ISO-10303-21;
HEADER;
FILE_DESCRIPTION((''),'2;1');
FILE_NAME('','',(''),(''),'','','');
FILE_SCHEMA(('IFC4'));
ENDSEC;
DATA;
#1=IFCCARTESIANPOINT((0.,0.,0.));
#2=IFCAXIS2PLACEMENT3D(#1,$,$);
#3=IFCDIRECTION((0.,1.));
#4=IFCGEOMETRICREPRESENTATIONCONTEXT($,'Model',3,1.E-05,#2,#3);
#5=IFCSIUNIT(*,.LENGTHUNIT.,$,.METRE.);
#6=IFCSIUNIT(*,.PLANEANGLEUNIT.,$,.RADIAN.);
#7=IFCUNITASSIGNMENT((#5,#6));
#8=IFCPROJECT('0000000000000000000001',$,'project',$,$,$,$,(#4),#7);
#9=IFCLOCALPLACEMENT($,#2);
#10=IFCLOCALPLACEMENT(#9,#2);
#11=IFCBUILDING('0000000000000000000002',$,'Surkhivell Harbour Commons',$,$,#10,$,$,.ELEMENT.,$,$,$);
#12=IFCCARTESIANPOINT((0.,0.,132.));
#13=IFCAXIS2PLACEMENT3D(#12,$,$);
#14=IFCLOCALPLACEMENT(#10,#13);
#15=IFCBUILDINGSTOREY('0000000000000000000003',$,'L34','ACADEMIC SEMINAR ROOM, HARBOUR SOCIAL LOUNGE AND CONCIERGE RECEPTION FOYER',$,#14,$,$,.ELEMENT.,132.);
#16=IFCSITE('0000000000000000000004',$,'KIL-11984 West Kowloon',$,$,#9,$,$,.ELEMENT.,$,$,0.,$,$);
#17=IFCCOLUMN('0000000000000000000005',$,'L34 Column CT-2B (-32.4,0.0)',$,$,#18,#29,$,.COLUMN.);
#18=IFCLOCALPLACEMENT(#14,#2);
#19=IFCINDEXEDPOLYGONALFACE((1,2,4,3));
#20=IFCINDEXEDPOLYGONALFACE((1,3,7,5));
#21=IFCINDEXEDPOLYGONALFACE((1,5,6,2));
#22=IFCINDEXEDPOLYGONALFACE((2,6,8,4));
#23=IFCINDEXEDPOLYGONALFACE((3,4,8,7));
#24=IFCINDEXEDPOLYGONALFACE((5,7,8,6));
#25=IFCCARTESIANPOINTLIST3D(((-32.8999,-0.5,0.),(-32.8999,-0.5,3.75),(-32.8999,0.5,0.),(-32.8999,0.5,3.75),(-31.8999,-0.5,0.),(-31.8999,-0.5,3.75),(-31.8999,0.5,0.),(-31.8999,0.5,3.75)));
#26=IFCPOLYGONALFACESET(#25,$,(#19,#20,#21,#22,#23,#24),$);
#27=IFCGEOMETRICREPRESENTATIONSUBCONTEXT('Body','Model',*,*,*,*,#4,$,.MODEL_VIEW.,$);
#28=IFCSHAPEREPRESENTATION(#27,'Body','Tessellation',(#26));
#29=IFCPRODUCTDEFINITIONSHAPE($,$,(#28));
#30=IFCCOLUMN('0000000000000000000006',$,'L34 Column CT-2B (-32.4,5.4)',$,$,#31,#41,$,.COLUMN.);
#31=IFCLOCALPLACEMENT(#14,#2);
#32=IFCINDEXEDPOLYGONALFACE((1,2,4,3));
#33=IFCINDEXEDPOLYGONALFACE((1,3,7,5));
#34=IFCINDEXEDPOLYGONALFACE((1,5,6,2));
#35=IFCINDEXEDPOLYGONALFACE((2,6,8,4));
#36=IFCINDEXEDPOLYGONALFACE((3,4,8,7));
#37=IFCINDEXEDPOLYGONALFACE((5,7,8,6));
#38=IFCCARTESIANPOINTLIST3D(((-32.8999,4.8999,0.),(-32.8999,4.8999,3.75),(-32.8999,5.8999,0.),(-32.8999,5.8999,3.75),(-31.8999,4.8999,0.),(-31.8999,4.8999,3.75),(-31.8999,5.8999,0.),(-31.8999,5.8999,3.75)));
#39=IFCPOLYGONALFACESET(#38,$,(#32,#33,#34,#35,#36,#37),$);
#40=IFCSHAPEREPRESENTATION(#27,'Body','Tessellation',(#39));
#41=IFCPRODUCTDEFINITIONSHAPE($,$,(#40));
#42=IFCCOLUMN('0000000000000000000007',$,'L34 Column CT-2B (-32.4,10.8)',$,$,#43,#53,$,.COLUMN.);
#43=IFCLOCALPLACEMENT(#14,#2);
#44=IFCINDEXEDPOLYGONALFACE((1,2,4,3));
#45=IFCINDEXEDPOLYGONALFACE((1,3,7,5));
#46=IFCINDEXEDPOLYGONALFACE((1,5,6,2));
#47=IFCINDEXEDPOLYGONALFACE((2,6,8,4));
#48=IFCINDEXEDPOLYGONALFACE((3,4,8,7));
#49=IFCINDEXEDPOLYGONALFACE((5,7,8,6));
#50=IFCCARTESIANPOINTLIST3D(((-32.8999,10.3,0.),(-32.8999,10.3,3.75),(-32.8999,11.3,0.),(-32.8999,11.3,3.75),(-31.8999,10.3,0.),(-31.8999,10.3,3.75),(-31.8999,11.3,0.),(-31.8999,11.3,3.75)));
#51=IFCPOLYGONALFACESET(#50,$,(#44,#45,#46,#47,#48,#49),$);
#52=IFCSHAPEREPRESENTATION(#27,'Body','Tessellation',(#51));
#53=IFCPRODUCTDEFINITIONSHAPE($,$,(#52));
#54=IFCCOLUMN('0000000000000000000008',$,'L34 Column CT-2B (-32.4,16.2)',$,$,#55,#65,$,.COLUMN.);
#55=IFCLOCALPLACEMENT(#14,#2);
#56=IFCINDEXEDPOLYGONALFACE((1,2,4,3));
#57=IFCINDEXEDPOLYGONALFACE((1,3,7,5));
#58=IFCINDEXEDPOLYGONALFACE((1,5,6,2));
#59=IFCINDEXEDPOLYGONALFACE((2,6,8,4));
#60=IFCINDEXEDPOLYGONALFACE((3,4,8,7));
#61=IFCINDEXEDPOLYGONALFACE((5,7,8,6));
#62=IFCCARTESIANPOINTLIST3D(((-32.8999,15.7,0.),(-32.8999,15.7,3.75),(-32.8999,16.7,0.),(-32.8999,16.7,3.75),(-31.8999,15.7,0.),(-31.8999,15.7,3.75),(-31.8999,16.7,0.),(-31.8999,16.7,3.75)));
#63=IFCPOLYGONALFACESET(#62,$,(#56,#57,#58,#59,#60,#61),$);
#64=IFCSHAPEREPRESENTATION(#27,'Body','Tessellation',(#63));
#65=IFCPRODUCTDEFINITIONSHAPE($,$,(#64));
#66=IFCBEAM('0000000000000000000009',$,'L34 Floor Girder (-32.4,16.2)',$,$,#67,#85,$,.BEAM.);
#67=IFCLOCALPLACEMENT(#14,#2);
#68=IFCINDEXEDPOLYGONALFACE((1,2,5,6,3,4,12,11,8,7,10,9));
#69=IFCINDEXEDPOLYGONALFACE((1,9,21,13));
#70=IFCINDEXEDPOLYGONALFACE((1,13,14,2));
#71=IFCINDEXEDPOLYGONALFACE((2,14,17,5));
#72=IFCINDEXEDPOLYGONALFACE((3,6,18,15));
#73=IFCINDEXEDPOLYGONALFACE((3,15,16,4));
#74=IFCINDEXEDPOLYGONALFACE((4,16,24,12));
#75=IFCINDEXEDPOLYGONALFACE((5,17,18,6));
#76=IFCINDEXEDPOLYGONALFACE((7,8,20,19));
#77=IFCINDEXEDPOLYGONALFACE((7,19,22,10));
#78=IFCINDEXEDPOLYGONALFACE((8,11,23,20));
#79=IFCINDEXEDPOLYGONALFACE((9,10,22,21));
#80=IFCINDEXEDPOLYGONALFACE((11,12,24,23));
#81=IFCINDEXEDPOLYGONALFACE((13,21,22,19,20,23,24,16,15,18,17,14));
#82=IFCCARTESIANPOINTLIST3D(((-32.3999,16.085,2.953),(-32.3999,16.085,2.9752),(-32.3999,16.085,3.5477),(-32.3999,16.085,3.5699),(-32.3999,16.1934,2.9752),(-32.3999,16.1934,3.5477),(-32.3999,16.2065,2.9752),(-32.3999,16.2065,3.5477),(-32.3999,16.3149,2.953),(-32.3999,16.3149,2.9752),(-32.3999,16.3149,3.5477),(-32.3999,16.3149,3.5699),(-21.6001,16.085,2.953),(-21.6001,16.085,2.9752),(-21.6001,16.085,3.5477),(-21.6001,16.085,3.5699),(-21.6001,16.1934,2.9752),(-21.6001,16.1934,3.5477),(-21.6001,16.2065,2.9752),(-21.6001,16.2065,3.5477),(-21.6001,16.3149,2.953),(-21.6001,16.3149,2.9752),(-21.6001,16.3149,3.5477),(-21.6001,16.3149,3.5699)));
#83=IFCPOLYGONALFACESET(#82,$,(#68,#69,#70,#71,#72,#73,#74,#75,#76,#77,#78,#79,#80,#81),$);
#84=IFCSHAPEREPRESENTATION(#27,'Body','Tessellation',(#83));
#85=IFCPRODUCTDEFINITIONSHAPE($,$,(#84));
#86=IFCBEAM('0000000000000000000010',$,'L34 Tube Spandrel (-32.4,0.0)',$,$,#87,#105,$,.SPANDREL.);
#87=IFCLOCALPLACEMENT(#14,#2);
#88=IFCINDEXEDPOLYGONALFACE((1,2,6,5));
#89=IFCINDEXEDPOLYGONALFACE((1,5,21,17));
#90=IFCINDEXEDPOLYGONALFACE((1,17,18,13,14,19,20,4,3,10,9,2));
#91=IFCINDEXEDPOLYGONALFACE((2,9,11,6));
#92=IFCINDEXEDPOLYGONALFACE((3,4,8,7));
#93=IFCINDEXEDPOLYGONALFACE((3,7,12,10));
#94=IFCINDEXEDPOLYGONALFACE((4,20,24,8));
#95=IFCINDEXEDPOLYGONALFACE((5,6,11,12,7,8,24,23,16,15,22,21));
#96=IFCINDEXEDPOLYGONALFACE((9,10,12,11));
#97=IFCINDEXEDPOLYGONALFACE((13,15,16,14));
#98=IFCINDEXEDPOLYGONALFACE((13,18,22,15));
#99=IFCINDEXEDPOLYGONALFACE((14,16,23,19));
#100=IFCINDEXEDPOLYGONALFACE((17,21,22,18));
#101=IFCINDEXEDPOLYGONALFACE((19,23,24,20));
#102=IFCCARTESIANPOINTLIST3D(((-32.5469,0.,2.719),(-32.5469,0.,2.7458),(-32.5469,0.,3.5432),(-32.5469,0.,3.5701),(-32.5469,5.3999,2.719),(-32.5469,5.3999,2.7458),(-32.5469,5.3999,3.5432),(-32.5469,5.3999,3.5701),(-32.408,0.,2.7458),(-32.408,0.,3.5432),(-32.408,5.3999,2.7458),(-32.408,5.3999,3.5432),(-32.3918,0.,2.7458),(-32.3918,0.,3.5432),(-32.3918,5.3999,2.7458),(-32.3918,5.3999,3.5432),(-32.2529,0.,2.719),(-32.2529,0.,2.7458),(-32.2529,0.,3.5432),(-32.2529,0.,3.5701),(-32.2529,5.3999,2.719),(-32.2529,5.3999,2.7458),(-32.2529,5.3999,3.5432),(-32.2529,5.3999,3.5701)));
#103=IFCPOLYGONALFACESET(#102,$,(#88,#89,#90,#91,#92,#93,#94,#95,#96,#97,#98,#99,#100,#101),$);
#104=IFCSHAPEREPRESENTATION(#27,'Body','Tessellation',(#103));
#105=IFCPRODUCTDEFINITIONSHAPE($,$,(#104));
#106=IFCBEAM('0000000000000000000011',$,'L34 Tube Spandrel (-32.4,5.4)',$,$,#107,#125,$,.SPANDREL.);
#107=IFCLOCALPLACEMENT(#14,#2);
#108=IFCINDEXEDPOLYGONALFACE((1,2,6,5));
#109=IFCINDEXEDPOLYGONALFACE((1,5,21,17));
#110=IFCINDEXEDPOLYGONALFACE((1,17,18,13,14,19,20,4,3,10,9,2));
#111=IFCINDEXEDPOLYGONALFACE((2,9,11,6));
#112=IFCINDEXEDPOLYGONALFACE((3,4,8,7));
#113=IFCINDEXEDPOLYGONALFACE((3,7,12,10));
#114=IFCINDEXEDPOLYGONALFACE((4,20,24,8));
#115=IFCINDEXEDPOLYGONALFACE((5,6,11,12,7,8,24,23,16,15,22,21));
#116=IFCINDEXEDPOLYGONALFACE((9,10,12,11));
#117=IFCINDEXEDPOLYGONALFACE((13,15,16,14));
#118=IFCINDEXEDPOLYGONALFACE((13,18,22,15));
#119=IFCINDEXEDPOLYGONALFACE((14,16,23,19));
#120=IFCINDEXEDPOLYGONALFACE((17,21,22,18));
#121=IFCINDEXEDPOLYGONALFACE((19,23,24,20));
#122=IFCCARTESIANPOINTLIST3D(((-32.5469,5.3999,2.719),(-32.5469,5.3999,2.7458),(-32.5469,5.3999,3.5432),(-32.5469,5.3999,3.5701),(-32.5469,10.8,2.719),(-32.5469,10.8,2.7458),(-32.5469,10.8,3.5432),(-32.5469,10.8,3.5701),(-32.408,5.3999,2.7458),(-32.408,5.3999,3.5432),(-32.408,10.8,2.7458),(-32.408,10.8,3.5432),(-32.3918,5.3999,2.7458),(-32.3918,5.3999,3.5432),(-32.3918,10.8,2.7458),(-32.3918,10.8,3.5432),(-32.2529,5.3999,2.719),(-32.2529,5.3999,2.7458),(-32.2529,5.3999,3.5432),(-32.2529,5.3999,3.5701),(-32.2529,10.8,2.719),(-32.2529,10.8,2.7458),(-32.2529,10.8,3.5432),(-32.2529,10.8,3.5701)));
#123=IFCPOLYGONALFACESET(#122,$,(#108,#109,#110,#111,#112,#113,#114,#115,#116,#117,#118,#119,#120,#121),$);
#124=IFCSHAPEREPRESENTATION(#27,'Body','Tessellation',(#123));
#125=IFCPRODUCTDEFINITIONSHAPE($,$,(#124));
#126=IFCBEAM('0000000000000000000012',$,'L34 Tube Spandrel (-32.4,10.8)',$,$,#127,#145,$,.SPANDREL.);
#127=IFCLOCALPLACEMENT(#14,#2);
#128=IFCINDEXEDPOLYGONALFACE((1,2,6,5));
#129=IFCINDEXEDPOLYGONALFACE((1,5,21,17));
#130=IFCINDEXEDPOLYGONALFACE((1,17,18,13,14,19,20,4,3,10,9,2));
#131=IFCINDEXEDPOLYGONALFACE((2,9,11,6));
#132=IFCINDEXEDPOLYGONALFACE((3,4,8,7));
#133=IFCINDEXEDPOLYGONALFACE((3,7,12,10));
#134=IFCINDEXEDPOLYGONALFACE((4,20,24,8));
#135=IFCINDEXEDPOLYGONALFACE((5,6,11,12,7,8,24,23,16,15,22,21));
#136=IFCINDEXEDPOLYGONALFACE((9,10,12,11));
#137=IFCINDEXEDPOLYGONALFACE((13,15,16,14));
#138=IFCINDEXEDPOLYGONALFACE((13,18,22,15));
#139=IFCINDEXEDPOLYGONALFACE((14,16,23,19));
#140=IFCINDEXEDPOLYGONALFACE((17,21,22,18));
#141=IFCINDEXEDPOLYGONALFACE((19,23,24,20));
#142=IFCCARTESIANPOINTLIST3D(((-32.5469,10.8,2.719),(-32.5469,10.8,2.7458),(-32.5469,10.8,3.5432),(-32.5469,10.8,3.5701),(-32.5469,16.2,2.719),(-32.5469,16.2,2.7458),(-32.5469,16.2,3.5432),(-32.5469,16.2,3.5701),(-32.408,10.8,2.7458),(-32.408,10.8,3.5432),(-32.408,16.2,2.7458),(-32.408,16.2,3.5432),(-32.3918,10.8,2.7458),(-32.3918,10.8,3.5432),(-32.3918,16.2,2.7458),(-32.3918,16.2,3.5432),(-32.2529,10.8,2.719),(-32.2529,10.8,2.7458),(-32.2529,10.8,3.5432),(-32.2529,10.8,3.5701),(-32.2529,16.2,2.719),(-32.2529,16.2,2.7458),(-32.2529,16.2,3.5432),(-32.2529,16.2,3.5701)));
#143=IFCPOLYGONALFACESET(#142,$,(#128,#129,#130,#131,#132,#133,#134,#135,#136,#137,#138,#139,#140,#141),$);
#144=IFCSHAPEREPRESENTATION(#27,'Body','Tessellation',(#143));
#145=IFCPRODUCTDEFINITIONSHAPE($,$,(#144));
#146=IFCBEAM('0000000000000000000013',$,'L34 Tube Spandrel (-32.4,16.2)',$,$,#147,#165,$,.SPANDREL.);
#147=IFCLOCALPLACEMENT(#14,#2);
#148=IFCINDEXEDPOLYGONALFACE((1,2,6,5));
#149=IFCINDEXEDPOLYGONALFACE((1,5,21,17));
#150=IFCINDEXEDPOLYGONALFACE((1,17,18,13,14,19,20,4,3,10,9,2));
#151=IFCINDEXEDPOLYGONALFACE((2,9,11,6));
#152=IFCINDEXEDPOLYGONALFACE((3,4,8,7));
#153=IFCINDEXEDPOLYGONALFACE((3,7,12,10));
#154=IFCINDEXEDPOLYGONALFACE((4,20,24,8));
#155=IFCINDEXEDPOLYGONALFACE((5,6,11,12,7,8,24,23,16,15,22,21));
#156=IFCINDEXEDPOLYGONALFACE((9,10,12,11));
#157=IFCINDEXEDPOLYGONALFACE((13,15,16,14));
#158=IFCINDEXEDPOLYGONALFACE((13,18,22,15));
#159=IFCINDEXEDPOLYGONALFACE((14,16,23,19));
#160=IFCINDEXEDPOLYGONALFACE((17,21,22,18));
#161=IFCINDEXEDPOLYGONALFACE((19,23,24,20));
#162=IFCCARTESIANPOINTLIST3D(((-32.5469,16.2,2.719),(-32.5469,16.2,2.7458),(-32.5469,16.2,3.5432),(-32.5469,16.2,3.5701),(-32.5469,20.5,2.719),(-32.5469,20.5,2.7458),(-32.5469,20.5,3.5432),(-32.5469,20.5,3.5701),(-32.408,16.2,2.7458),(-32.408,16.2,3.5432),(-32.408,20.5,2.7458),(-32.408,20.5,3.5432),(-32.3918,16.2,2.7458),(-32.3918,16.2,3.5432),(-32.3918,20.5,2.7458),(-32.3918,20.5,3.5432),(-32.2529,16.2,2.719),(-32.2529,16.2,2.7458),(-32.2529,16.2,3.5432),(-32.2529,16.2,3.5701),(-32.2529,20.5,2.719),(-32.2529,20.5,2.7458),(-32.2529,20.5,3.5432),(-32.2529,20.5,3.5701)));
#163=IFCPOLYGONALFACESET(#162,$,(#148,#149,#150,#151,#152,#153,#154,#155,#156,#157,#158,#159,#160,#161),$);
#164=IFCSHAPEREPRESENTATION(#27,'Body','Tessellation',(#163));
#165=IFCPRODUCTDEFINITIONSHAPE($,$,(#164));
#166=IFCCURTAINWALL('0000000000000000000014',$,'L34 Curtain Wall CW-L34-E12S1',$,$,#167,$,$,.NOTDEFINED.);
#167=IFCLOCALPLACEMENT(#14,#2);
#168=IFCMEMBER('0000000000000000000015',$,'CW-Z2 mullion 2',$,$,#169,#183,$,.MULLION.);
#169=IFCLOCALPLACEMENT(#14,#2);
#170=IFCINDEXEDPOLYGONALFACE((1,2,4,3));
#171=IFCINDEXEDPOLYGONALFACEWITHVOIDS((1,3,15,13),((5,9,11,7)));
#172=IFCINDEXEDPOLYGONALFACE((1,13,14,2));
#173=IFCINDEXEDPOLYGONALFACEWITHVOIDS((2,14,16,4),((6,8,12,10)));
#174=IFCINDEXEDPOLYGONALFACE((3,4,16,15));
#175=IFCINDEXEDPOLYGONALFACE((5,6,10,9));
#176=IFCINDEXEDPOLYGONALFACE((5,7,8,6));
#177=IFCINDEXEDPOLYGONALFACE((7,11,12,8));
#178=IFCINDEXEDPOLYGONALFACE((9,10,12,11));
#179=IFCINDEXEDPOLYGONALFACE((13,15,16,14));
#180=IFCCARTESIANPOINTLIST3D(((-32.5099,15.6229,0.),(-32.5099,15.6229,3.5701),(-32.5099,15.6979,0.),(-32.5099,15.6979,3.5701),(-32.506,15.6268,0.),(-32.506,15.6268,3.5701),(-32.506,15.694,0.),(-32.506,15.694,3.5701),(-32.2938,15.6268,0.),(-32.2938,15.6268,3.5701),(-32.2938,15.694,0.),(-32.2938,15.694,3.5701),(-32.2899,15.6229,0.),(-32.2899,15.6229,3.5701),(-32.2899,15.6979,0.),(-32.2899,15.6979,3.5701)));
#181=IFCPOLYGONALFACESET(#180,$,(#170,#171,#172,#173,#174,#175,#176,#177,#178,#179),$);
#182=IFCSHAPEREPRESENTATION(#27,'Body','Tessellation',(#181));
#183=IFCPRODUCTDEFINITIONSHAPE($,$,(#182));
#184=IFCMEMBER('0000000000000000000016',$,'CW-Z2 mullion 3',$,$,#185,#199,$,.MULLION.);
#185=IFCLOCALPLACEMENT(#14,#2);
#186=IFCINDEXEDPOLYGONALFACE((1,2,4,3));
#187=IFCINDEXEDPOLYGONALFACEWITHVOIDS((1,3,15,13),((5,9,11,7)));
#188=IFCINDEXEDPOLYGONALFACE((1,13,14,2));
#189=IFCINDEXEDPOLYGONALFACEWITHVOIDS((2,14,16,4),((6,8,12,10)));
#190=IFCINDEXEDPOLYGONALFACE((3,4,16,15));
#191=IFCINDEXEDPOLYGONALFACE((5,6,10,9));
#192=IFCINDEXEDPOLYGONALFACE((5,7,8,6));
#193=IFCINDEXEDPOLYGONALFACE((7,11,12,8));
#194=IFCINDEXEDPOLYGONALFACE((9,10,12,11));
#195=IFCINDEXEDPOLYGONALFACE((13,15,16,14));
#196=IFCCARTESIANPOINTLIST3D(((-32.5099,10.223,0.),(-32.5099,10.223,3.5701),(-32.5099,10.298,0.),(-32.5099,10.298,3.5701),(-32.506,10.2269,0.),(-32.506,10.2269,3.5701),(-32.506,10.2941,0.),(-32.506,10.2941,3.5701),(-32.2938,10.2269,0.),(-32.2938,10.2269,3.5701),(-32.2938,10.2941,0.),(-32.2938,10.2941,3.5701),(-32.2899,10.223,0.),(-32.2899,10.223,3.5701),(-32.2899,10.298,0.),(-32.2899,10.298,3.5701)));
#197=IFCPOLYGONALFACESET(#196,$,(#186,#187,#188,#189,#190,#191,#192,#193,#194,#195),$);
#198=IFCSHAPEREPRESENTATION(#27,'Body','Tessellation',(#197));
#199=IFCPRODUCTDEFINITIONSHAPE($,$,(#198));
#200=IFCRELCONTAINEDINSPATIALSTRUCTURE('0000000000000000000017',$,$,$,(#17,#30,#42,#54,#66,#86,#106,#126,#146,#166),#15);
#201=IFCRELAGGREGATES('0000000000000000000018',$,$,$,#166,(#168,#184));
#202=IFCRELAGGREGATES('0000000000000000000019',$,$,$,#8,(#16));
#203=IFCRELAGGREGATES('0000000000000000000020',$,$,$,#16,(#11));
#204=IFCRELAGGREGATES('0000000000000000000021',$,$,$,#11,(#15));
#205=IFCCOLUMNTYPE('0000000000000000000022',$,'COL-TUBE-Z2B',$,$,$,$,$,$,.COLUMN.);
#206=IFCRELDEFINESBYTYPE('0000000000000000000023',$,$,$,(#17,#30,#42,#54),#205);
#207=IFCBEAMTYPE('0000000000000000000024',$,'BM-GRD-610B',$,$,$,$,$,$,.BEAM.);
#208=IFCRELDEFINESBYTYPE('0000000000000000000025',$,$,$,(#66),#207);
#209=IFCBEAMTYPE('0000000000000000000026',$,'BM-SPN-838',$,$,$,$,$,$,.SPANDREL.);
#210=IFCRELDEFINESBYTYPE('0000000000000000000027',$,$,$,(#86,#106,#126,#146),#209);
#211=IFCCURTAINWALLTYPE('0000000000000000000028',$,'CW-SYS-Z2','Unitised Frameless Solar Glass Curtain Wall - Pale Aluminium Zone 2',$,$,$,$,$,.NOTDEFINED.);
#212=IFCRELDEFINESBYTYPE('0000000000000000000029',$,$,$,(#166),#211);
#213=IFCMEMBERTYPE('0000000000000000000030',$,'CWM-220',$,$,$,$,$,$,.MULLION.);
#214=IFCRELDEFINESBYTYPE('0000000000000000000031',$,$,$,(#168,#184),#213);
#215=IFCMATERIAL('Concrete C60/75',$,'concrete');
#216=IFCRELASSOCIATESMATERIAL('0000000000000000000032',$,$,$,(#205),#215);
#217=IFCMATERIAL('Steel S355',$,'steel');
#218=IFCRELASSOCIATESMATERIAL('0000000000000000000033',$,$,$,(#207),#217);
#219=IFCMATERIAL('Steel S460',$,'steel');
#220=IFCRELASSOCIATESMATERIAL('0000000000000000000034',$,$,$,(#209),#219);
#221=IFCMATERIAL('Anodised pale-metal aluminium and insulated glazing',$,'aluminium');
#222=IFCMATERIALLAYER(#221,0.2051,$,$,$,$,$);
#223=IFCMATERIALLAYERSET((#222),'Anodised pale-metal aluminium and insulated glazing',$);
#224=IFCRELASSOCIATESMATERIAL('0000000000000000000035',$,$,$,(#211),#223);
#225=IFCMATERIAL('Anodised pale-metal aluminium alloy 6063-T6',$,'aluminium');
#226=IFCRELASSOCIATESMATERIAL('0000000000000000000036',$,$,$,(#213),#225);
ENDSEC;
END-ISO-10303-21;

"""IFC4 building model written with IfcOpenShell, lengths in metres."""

from ifc_helpers import new_model, si_unit, direction, frame, origin, origin_2d, place, context, subcontext, project, spatial, rectangle, hollow_rectangle, i_section, extrude, material, layer, layer_set, material_profile, profile_set, type_object, element, aggregate, save


model = new_model("IFC4")

# Units and contexts
model_context = context("Model", 3, precision=1e-05, world=origin(), true_north=direction((0.0, 1.0)))
body_context = subcontext(model_context, "Body", "Model", "MODEL_VIEW")
ifc_project = project(units=[si_unit("LENGTHUNIT", "METRE"), si_unit("PLANEANGLEUNIT", "RADIAN")], contexts=[model_context])

# Site, building, storey
site_placement = place(None, origin())
site = spatial("IfcSite", under=ifc_project, at=site_placement, Name="KIL-11984 West Kowloon", CompositionType="ELEMENT", RefElevation=0.0)
building_placement = place(site_placement, origin())
building = spatial("IfcBuilding", under=site, at=building_placement, Name="Surkhivell Harbour Commons", CompositionType="ELEMENT")
storey_placement = place(building_placement, frame((0.0, 0.0, 132.0)))
storey = spatial("IfcBuildingStorey", under=building, at=storey_placement, Name="L34", Description="ACADEMIC SEMINAR ROOM, HARBOUR SOCIAL LOUNGE AND CONCIERGE RECEPTION FOYER", CompositionType="ELEMENT", Elevation=132.0)

# Columns
ifc_material_1 = material(Name="Concrete C60/75", Category="concrete")
ifc_material_profile_1 = material_profile(ifc_material_1, rectangle(XDim=1.0, YDim=1.0, at=origin_2d()), Name="RC-COL-1000x1000")
ifc_profile_set_1 = profile_set([ifc_material_profile_1], Name="Concrete C60/75")
column_type = type_object("IfcColumnType", Name="COL-TUBE-Z2B", PredefinedType="COLUMN", material=ifc_profile_set_1)
for number, where, z_axis, x_axis, name in (
    (1, (-32.3999, 0.0, 0.0), (0.0, 0.0, 1.0), (1.0, 0.0, 0.0), "L34 Column CT-2B (-32.4,0.0)"),
    (2, (-32.3999, 5.3999, 0.0), (0.0, 0.0, 1.0), (1.0, 0.0, 0.0), "L34 Column CT-2B (-32.4,5.4)"),
    (3, (-32.3999, 10.8, 0.0), (0.0, 0.0, 1.0), (1.0, 0.0, 0.0), "L34 Column CT-2B (-32.4,10.8)"),
    (4, (-32.3999, 16.2, 0.0), (0.0, 0.0, 1.0), (1.0, 0.0, 0.0), "L34 Column CT-2B (-32.4,16.2)"),
):
    element("IfcColumn", number, at=place(storey_placement, frame(where, z_axis=z_axis, x_axis=x_axis)), inside=storey, type_object=column_type, Name=name, PredefinedType="COLUMN", context=body_context, shape_type="SweptSolid", body=[
        extrude(rectangle(XDim=1.0, YDim=1.0, at=origin_2d()), origin(), (0.0, 0.0, 1.0), 3.75),
    ])

# Beams
ifc_material_2 = material(Name="Steel S355", Category="steel")
ifc_material_profile_2 = material_profile(ifc_material_2, i_section(OverallWidth=0.23, OverallDepth=0.6169, WebThickness=0.0132, FlangeThickness=0.0222, at=origin_2d()), Name="UB610x229x140")
ifc_profile_set_2 = profile_set([ifc_material_profile_2], Name="Steel S355")
beam_type_1 = type_object("IfcBeamType", Name="BM-GRD-610B", PredefinedType="BEAM", material=ifc_profile_set_2)
beam_1_placement = place(storey_placement, frame((-32.3999, 16.2, 3.2615), z_axis=(1.0, 0.0, 0.0), x_axis=(0.0, 1.0, 0.0)))
element("IfcBeam", 5, at=beam_1_placement, inside=storey, type_object=beam_type_1, Name="L34 Floor Girder (-32.4,16.2)", PredefinedType="BEAM", context=body_context, shape_type="SweptSolid", body=[
    extrude(i_section(OverallWidth=0.23, OverallDepth=0.6169, WebThickness=0.0132, FlangeThickness=0.0222, at=origin_2d()), origin(), (0.0, 0.0, 1.0), 10.7998),
])
ifc_material_3 = material(Name="Steel S460", Category="steel")
ifc_material_profile_3 = material_profile(ifc_material_3, i_section(OverallWidth=0.2939, OverallDepth=0.8511, WebThickness=0.0161, FlangeThickness=0.0269, at=origin_2d()), Name="UB838x292x226")
ifc_profile_set_3 = profile_set([ifc_material_profile_3], Name="Steel S460")
beam_type_2 = type_object("IfcBeamType", Name="BM-SPN-838", PredefinedType="SPANDREL", material=ifc_profile_set_3)
beam_2_placement = place(storey_placement, frame((-32.3999, 0.0, 3.1445), z_axis=(0.0, 1.0, 0.0), x_axis=(-1.0, 0.0, 0.0)))
element("IfcBeam", 6, at=beam_2_placement, inside=storey, type_object=beam_type_2, Name="L34 Tube Spandrel (-32.4,0.0)", PredefinedType="SPANDREL", context=body_context, shape_type="SweptSolid", body=[
    extrude(i_section(OverallWidth=0.2939, OverallDepth=0.8511, WebThickness=0.0161, FlangeThickness=0.0269, at=origin_2d()), origin(), (0.0, 0.0, 1.0), 5.3999),
])
beam_3_placement = place(storey_placement, frame((-32.3999, 5.3999, 3.1445), z_axis=(0.0, 1.0, 0.0), x_axis=(-1.0, 0.0, 0.0)))
element("IfcBeam", 7, at=beam_3_placement, inside=storey, type_object=beam_type_2, Name="L34 Tube Spandrel (-32.4,5.4)", PredefinedType="SPANDREL", context=body_context, shape_type="SweptSolid", body=[
    extrude(i_section(OverallWidth=0.2939, OverallDepth=0.8511, WebThickness=0.0161, FlangeThickness=0.0269, at=origin_2d()), origin(), (0.0, 0.0, 1.0), 5.4001),
])
beam_4_placement = place(storey_placement, frame((-32.3999, 10.8, 3.1445), z_axis=(0.0, 1.0, 0.0), x_axis=(-1.0, 0.0, 0.0)))
element("IfcBeam", 8, at=beam_4_placement, inside=storey, type_object=beam_type_2, Name="L34 Tube Spandrel (-32.4,10.8)", PredefinedType="SPANDREL", context=body_context, shape_type="SweptSolid", body=[
    extrude(i_section(OverallWidth=0.2939, OverallDepth=0.8511, WebThickness=0.0161, FlangeThickness=0.0269, at=origin_2d()), origin(), (0.0, 0.0, 1.0), 5.3999),
])
beam_5_placement = place(storey_placement, frame((-32.3999, 16.2, 3.1445), z_axis=(0.0, 1.0, 0.0), x_axis=(-1.0, 0.0, 0.0)))
element("IfcBeam", 9, at=beam_5_placement, inside=storey, type_object=beam_type_2, Name="L34 Tube Spandrel (-32.4,16.2)", PredefinedType="SPANDREL", context=body_context, shape_type="SweptSolid", body=[
    extrude(i_section(OverallWidth=0.2939, OverallDepth=0.8511, WebThickness=0.0161, FlangeThickness=0.0269, at=origin_2d()), origin(), (0.0, 0.0, 1.0), 4.3),
])

# Curtain wall, members
ifc_material_4 = material(Name="Anodised pale-metal aluminium and insulated glazing", Category="aluminium")
ifc_layer_1 = layer(ifc_material_4, 0.2051)
ifc_layer_set_1 = layer_set([ifc_layer_1], Name="Anodised pale-metal aluminium and insulated glazing")
curtain_wall_type = type_object("IfcCurtainWallType", Name="CW-SYS-Z2", Description="Unitised Frameless Solar Glass Curtain Wall - Pale Aluminium Zone 2", PredefinedType="NOTDEFINED", material=ifc_layer_set_1)
curtain_wall_placement = place(storey_placement, origin())
curtain_wall = element("IfcCurtainWall", 10, at=curtain_wall_placement, inside=storey, type_object=curtain_wall_type, Name="L34 Curtain Wall CW-L34-E12S1", PredefinedType="NOTDEFINED")
ifc_material_5 = material(Name="Anodised pale-metal aluminium alloy 6063-T6", Category="aluminium")
ifc_material_profile_4 = material_profile(ifc_material_5, hollow_rectangle(XDim=0.075, YDim=0.22, WallThickness=0.0039, at=origin_2d()), Name="ALU-MULL-75x220")
ifc_profile_set_4 = profile_set([ifc_material_profile_4], Name="Anodised pale-metal aluminium alloy 6063-T6")
member_type_1 = type_object("IfcMemberType", Name="CWM-220", PredefinedType="MULLION", material=ifc_profile_set_4)
member_1_placement = place(storey_placement, frame((-32.3999, 15.6604, 0.0), z_axis=(0.0, 0.0, 1.0), x_axis=(0.0, -1.0, 0.0)))
member_1 = element("IfcMember", 11, at=member_1_placement, type_object=member_type_1, Name="CW-Z2 mullion 2", PredefinedType="MULLION", context=body_context, shape_type="SweptSolid", body=[
    extrude(hollow_rectangle(XDim=0.075, YDim=0.22, WallThickness=0.0039, at=origin_2d()), origin(), (0.0, 0.0, 1.0), 3.5701),
])
member_2_placement = place(storey_placement, frame((-32.3999, 10.2605, 0.0), z_axis=(0.0, 0.0, 1.0), x_axis=(0.0, -1.0, 0.0)))
member_2 = element("IfcMember", 12, at=member_2_placement, type_object=member_type_1, Name="CW-Z2 mullion 3", PredefinedType="MULLION", context=body_context, shape_type="SweptSolid", body=[
    extrude(hollow_rectangle(XDim=0.075, YDim=0.22, WallThickness=0.0039, at=origin_2d()), origin(), (0.0, 0.0, 1.0), 3.5701),
])
aggregate(curtain_wall, [member_1, member_2])

save(model, "model.ifc")
